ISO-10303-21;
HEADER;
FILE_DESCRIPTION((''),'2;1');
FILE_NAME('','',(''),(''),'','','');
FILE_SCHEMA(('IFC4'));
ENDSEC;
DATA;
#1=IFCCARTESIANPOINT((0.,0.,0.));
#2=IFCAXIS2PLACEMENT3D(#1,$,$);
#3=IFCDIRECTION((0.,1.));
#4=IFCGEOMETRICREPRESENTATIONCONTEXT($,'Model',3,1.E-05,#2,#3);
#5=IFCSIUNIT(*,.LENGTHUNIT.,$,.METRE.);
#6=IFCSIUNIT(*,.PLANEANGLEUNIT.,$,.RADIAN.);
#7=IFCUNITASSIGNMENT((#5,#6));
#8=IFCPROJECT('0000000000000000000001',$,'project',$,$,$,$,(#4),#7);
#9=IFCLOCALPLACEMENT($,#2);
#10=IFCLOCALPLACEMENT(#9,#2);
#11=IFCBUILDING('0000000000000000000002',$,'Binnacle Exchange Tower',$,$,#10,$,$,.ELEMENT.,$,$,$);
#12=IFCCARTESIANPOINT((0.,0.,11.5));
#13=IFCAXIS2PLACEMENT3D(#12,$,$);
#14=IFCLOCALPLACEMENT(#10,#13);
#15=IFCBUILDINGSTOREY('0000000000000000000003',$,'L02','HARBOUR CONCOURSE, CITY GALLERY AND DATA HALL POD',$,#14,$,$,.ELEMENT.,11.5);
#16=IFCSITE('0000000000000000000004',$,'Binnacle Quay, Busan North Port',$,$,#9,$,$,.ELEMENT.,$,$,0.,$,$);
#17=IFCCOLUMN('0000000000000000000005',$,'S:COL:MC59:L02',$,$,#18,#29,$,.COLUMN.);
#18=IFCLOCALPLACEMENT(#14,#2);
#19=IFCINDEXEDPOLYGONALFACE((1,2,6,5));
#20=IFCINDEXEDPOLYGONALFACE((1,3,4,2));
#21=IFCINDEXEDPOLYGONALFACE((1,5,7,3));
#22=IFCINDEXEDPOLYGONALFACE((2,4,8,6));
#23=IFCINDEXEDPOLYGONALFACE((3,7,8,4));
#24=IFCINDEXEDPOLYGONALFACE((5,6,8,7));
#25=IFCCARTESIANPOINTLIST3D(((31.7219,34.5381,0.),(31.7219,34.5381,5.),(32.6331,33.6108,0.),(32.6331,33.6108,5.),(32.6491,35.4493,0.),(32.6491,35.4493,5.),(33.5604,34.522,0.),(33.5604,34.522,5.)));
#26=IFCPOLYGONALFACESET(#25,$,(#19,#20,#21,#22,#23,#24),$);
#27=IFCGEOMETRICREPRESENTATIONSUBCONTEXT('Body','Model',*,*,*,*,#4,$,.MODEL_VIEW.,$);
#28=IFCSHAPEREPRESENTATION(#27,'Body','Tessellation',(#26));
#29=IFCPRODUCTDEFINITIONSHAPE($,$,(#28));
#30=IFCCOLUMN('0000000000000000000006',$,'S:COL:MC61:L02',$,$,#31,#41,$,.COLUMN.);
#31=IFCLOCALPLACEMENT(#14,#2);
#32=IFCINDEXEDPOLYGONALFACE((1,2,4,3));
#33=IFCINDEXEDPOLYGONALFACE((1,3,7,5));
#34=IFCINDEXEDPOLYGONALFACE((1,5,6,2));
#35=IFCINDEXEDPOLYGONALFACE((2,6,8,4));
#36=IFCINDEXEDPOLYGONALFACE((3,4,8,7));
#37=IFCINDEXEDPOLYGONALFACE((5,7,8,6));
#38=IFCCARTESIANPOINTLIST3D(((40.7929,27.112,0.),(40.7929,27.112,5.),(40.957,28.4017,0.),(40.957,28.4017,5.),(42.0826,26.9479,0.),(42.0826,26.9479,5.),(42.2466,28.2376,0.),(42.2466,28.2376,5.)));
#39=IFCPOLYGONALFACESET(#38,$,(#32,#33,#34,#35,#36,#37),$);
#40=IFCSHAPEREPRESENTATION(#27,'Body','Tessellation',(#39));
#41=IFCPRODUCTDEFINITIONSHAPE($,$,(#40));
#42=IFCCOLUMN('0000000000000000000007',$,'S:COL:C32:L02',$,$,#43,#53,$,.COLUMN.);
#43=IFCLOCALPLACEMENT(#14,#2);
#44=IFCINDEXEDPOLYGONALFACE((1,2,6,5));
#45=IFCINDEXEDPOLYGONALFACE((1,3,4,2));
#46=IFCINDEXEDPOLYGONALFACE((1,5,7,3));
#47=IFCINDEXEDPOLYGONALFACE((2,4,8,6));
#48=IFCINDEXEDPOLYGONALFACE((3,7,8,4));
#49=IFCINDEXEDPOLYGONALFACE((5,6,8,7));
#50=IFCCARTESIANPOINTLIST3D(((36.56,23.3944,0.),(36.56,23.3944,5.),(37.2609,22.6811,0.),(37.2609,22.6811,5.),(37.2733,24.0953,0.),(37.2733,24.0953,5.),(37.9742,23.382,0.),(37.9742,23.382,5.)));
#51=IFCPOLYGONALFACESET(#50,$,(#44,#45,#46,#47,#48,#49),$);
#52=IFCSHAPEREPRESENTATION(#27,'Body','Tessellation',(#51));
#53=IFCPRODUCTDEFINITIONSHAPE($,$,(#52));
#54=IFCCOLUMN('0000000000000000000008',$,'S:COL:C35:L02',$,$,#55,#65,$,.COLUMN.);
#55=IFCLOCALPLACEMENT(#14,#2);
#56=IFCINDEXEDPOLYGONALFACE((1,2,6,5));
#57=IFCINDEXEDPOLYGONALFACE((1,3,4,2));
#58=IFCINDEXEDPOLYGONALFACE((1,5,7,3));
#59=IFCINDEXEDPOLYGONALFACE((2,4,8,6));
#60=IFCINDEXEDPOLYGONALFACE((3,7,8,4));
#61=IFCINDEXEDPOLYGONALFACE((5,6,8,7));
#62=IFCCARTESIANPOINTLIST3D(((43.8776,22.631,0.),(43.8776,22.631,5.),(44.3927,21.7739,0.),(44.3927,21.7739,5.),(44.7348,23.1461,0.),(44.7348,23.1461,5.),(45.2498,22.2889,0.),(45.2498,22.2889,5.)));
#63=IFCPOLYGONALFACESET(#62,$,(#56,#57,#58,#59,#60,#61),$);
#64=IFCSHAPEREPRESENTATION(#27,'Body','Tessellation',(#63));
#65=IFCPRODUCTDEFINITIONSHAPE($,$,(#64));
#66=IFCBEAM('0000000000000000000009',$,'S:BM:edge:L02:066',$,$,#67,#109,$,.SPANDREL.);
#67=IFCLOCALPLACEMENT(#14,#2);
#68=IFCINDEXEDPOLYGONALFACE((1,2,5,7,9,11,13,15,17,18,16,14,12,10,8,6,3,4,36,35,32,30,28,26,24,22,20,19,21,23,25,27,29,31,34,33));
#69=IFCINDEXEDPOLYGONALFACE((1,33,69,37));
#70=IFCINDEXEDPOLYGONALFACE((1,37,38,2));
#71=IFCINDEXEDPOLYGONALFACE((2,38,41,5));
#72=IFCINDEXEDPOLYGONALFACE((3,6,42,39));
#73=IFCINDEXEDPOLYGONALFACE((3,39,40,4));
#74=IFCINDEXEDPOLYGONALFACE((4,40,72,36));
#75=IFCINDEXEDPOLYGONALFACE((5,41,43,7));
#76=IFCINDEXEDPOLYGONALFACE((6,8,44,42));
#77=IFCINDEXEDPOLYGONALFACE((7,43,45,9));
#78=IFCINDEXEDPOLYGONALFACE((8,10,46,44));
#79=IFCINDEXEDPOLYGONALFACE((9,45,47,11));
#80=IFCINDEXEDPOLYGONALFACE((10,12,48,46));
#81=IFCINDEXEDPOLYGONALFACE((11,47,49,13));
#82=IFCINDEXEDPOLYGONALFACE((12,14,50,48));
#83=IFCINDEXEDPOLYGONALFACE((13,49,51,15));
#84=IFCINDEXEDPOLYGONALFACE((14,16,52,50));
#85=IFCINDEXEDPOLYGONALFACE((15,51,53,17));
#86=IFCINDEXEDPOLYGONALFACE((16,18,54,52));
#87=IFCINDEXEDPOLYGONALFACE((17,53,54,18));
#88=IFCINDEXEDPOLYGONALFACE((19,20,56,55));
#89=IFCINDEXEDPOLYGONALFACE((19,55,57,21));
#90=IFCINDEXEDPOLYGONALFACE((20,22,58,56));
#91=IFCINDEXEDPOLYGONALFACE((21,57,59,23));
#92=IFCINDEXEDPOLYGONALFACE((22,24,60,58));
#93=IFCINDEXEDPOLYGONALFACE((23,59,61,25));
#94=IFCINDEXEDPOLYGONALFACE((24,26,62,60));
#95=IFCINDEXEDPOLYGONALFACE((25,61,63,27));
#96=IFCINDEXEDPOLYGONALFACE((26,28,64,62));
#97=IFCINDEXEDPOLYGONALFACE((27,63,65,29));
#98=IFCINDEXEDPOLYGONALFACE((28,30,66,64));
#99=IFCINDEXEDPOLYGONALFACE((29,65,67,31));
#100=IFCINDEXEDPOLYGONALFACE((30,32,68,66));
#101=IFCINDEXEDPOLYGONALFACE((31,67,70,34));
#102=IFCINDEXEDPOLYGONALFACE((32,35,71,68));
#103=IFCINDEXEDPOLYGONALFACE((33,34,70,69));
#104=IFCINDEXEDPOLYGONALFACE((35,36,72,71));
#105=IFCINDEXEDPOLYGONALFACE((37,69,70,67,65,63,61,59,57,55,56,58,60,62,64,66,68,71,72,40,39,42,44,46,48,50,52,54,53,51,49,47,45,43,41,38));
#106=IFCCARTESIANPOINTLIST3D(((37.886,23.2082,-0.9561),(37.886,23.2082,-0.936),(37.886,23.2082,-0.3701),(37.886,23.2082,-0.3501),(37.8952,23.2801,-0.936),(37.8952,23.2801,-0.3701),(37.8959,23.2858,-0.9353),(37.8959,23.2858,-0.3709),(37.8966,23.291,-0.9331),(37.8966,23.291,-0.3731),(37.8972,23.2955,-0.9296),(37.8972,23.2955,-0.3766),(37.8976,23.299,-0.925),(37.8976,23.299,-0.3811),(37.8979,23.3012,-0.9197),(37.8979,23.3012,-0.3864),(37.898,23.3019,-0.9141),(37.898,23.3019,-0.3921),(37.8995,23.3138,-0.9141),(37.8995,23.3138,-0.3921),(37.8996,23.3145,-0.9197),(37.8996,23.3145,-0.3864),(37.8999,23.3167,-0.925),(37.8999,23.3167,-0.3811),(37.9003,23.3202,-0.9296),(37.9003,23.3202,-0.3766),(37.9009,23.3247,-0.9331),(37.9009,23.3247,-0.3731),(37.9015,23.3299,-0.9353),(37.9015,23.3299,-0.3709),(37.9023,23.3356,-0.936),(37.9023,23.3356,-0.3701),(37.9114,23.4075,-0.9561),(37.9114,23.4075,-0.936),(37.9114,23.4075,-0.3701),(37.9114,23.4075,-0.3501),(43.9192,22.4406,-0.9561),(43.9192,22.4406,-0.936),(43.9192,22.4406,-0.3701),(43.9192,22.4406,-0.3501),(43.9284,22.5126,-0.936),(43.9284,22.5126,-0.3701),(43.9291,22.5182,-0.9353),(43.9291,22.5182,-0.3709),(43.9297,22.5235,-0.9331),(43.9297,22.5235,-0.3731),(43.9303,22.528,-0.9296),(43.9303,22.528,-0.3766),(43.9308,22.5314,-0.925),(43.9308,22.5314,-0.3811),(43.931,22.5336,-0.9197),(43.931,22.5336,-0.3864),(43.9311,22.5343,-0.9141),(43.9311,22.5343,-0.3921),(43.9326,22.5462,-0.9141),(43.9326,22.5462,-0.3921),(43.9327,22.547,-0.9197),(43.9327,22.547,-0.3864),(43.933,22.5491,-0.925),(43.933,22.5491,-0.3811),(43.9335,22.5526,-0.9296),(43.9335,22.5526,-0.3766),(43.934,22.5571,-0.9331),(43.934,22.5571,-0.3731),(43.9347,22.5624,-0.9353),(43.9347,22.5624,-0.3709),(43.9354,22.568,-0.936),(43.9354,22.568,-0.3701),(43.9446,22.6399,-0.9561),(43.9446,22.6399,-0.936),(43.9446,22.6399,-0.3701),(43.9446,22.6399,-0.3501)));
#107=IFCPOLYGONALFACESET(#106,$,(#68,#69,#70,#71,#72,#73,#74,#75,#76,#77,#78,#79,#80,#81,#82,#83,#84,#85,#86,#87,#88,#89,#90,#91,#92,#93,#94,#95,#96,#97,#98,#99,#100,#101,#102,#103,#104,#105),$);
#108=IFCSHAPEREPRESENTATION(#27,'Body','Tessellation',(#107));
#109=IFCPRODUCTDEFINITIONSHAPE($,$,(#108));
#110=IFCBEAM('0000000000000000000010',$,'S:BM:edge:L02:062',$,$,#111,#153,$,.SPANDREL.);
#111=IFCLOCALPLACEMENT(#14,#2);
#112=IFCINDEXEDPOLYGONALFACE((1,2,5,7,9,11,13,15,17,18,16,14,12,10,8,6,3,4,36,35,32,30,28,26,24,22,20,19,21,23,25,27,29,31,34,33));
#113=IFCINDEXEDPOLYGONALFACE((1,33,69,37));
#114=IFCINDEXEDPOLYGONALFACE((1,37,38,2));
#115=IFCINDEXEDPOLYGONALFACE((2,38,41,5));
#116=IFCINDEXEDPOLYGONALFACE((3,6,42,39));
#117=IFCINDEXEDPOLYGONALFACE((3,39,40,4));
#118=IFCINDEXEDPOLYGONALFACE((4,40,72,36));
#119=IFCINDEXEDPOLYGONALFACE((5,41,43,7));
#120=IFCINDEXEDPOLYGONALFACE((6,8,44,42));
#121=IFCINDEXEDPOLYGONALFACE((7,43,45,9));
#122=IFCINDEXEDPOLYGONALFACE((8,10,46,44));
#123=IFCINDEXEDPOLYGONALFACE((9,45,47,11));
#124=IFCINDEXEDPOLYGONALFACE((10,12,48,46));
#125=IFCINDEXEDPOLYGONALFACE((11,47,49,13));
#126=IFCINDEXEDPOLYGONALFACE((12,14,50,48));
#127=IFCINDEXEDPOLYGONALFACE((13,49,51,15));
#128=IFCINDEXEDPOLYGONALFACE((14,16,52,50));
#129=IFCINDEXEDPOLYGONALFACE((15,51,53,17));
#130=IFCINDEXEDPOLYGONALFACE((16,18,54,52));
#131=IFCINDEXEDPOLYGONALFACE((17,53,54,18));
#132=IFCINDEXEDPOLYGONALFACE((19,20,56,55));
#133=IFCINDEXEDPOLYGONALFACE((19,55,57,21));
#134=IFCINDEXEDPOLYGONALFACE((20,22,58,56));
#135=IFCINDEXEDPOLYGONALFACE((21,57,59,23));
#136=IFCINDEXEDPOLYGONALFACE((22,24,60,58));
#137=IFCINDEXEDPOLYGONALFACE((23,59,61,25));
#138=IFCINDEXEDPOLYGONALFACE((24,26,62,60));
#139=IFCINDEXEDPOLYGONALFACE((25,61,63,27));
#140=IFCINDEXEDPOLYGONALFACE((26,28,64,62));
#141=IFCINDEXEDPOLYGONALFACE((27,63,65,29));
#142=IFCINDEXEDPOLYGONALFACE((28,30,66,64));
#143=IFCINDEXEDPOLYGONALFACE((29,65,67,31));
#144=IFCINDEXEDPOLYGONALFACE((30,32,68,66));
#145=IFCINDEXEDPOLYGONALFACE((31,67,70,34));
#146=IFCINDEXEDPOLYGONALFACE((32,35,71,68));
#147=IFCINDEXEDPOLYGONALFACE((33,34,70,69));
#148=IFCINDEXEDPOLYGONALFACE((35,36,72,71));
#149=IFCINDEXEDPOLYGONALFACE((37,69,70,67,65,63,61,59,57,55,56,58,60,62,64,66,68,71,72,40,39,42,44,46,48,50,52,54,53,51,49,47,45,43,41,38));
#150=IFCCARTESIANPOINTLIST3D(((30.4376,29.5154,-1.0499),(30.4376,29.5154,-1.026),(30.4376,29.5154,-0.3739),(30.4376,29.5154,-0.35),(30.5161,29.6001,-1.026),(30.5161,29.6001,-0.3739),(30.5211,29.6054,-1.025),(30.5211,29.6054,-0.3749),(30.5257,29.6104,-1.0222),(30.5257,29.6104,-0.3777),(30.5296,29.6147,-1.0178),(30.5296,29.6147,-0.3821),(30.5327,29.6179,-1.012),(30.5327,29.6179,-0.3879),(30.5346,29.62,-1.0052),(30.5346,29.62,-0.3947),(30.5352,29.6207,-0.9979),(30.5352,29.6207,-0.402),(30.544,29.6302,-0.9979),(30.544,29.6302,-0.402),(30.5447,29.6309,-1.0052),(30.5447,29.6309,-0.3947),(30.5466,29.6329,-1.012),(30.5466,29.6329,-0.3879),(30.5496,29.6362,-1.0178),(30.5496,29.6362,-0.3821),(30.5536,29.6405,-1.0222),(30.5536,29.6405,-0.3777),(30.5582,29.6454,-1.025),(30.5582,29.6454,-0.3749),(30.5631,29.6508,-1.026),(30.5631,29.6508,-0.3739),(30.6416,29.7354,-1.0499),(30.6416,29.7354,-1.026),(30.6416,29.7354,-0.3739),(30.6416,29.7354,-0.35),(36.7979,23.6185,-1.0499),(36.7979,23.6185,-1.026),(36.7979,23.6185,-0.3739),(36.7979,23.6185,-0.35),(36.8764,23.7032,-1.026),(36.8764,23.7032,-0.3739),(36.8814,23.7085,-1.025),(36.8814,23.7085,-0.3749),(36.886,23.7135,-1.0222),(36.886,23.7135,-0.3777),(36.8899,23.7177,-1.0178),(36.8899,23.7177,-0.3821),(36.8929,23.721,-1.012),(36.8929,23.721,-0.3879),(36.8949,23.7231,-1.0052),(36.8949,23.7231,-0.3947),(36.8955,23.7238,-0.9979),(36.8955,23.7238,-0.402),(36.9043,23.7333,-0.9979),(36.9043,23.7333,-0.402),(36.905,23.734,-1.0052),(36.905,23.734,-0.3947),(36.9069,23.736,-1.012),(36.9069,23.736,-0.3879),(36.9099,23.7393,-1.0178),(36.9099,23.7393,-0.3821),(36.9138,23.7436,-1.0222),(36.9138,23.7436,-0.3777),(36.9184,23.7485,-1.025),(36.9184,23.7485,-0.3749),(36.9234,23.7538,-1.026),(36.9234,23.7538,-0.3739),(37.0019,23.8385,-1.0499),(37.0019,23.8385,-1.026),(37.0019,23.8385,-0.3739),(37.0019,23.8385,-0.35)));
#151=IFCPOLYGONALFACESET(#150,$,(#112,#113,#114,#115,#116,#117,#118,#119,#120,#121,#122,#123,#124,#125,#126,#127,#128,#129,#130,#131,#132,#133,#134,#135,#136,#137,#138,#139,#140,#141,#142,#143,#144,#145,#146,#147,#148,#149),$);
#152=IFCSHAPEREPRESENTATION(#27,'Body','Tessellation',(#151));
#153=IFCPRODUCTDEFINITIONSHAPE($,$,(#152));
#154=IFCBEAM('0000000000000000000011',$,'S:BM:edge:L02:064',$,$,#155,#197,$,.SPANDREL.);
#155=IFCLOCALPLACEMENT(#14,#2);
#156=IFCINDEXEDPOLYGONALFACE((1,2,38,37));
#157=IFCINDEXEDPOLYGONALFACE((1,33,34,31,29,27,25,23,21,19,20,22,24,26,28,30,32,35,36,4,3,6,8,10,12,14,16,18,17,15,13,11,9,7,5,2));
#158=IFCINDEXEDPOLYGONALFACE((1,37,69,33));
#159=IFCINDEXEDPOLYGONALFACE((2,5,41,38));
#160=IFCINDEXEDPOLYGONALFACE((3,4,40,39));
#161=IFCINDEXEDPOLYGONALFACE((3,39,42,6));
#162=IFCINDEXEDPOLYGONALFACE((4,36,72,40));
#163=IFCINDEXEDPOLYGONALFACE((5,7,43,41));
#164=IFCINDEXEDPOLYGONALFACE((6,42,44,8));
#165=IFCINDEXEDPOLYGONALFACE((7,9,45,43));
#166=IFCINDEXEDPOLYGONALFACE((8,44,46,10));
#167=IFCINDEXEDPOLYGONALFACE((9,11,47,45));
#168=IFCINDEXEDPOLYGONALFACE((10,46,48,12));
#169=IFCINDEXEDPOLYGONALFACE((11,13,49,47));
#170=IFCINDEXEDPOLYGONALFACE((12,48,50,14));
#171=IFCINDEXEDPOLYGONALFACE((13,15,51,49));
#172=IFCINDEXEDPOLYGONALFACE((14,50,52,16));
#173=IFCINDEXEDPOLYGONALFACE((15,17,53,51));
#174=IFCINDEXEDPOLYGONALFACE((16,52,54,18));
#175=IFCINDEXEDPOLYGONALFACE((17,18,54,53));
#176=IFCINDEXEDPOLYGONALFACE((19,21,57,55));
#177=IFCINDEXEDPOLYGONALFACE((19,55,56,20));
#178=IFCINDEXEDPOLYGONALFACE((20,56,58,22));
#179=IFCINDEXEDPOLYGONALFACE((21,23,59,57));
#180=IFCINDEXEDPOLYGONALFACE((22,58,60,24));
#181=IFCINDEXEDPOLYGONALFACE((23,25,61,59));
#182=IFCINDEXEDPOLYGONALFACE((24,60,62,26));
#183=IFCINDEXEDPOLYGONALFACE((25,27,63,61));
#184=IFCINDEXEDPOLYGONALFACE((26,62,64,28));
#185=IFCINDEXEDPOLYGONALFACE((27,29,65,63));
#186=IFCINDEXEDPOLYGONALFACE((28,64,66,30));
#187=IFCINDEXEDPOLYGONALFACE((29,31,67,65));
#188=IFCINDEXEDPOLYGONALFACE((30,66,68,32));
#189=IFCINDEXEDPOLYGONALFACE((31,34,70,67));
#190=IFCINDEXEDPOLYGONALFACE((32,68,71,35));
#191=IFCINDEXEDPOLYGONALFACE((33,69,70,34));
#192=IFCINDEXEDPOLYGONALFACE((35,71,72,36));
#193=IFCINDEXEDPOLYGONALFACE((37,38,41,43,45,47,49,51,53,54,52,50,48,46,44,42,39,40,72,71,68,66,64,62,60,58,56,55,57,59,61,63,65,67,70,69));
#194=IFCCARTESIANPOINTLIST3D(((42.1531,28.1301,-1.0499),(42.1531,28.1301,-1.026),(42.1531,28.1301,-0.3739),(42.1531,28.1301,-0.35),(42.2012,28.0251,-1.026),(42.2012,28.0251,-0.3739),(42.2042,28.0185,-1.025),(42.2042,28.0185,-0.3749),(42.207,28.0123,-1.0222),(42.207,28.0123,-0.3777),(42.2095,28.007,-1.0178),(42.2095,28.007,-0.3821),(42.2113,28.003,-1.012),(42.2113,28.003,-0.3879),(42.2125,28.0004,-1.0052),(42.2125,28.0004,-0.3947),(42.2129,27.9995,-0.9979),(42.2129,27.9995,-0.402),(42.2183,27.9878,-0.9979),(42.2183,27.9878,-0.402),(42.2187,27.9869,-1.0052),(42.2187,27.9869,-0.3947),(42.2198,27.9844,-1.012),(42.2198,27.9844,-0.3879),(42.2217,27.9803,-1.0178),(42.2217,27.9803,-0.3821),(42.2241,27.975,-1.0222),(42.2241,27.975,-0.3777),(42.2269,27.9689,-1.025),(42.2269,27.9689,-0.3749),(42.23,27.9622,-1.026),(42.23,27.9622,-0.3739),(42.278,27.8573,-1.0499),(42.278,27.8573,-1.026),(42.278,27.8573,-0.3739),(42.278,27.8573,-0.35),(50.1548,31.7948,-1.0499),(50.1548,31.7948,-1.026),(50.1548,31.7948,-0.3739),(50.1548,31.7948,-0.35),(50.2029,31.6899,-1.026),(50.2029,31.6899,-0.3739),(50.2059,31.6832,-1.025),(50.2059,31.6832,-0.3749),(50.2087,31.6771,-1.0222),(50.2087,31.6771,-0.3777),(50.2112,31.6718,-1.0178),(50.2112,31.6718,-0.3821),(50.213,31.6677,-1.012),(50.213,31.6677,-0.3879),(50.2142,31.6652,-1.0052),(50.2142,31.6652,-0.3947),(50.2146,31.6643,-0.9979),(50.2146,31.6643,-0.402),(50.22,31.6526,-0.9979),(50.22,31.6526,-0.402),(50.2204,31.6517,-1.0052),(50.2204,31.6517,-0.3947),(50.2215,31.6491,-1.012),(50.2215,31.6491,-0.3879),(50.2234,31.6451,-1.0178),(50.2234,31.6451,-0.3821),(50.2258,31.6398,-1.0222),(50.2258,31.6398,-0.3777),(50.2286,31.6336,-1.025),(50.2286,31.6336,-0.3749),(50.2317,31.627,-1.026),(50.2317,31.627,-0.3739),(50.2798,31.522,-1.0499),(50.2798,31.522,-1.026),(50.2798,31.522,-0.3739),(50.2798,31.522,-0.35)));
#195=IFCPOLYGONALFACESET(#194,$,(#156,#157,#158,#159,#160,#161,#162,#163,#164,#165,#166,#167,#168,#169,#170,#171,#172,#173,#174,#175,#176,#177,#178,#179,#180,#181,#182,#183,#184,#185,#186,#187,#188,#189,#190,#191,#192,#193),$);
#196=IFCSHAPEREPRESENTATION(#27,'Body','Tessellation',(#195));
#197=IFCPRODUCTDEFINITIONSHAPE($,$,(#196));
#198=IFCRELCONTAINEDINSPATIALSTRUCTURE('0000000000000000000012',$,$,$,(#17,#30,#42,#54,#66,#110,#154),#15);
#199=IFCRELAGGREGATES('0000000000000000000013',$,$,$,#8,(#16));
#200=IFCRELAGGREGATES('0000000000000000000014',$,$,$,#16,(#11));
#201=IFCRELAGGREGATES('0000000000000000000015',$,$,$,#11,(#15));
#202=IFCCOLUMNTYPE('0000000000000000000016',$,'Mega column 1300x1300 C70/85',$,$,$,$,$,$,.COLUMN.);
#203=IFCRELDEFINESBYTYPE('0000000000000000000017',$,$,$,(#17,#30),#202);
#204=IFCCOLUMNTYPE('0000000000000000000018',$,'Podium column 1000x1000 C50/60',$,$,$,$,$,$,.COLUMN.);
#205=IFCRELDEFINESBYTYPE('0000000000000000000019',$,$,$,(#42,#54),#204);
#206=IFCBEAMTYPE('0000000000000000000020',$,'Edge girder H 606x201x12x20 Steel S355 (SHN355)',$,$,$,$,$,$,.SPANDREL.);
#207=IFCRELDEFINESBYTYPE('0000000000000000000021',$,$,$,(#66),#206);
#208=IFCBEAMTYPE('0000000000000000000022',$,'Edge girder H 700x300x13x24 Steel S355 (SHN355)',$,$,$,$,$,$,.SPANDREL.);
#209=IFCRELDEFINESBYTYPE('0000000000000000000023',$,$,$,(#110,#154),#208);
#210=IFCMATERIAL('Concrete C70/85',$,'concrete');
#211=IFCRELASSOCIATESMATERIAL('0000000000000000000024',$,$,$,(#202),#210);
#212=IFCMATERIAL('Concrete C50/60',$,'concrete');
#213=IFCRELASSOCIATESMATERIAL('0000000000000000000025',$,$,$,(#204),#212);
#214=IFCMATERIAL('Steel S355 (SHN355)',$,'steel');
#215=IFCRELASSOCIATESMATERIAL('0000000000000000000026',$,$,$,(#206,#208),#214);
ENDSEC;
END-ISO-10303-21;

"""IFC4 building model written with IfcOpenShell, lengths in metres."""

from ifc_helpers import new_model, si_unit, direction, frame, origin, origin_2d, place, context, subcontext, project, spatial, rectangle, i_section, extrude, material, material_profile, profile_set, type_object, element, save


model = new_model("IFC4")

# Units and contexts
model_context = context("Model", 3, precision=1e-05, world=origin(), true_north=direction((0.0, 1.0)))
body_context = subcontext(model_context, "Body", "Model", "MODEL_VIEW")
ifc_project = project(units=[si_unit("LENGTHUNIT", "METRE"), si_unit("PLANEANGLEUNIT", "RADIAN")], contexts=[model_context])

# Site, building, storey
site_placement = place(None, origin())
site = spatial("IfcSite", under=ifc_project, at=site_placement, Name="Binnacle Quay, Busan North Port", CompositionType="ELEMENT", RefElevation=0.0)
building_placement = place(site_placement, origin())
building = spatial("IfcBuilding", under=site, at=building_placement, Name="Binnacle Exchange Tower", CompositionType="ELEMENT")
storey_placement = place(building_placement, frame((0.0, 0.0, 11.5)))
storey = spatial("IfcBuildingStorey", under=building, at=storey_placement, Name="L02", Description="HARBOUR CONCOURSE, CITY GALLERY AND DATA HALL POD", CompositionType="ELEMENT", Elevation=11.5)

# Columns
ifc_material_1 = material(Name="Concrete C70/85", Category="concrete")
ifc_material_profile_1 = material_profile(ifc_material_1, rectangle(XDim=1.3, YDim=1.3, at=origin_2d()), Name="Mega column 1300x1300 C70/85")
ifc_profile_set_1 = profile_set([ifc_material_profile_1], Name="Concrete C70/85")
column_type_1 = type_object("IfcColumnType", Name="Mega column 1300x1300 C70/85", PredefinedType="COLUMN", material=ifc_profile_set_1)
for number, where, z_axis, x_axis, name in (
    (1, (32.6411, 34.53, 0.0), (0.0, 0.0, 1.0), (0.700909, -0.71325, 0.0), "S:COL:MC59:L02"),
    (2, (41.5198, 27.6748, 0.0), (0.0, 0.0, 1.0), (0.992005, -0.126199, 0.0), "S:COL:MC61:L02"),
):
    element("IfcColumn", number, at=place(storey_placement, frame(where, z_axis=z_axis, x_axis=x_axis)), inside=storey, type_object=column_type_1, Name=name, PredefinedType="COLUMN", context=body_context, shape_type="SweptSolid", body=[
        extrude(rectangle(XDim=1.3, YDim=1.3, at=origin_2d()), origin(), (0.0, 0.0, 1.0), 5.0),
    ])
ifc_material_2 = material(Name="Concrete C50/60", Category="concrete")
ifc_material_profile_2 = material_profile(ifc_material_2, rectangle(XDim=1.0, YDim=1.0, at=origin_2d()), Name="Podium column 1000x1000 C50/60")
ifc_profile_set_2 = profile_set([ifc_material_profile_2], Name="Concrete C50/60")
column_type_2 = type_object("IfcColumnType", Name="Podium column 1000x1000 C50/60", PredefinedType="COLUMN", material=ifc_profile_set_2)
for number, where, z_axis, x_axis, name in (
    (3, (37.2671, 23.3882, 0.0), (0.0, 0.0, 1.0), (0.700909, -0.71325, 0.0), "S:COL:C32:L02"),
    (4, (44.5637, 22.46, 0.0), (0.0, 0.0, 1.0), (0.857167, 0.515038, 0.0), "S:COL:C35:L02"),
):
    element("IfcColumn", number, at=place(storey_placement, frame(where, z_axis=z_axis, x_axis=x_axis)), inside=storey, type_object=column_type_2, Name=name, PredefinedType="COLUMN", context=body_context, shape_type="SweptSolid", body=[
        extrude(rectangle(XDim=1.0, YDim=1.0, at=origin_2d()), origin(), (0.0, 0.0, 1.0), 5.0),
    ])

# Beams
ifc_material_3 = material(Name="Steel S355 (SHN355)", Category="steel")
ifc_material_profile_3 = material_profile(ifc_material_3, i_section(OverallWidth=0.2009, OverallDepth=0.606, WebThickness=0.012, FlangeThickness=0.02, FilletRadius=0.022, at=origin_2d()), Name="H 606x201x12x20")
ifc_profile_set_3 = profile_set([ifc_material_profile_3], Name="Steel S355 (SHN355)")
beam_type_1 = type_object("IfcBeamType", Name="Edge girder H 606x201x12x20 Steel S355 (SHN355)", PredefinedType="SPANDREL", material=ifc_profile_set_3)
beam_1_placement = place(storey_placement, frame((43.9319, 22.5403, -0.6531), z_axis=(-0.992004, 0.126208, 0.0), x_axis=(-0.126208, -0.992004, 0.0)))
element("IfcBeam", 5, at=beam_1_placement, inside=storey, type_object=beam_type_1, Name="S:BM:edge:L02:066", PredefinedType="SPANDREL", context=body_context, shape_type="SweptSolid", body=[
    extrude(i_section(OverallWidth=0.2009, OverallDepth=0.606, WebThickness=0.012, FlangeThickness=0.02, FilletRadius=0.022, at=origin_2d()), origin(), (0.0, 0.0, 1.0), 6.0818),
])
ifc_material_profile_4 = material_profile(ifc_material_3, i_section(OverallWidth=0.3, OverallDepth=0.7, WebThickness=0.0129, FlangeThickness=0.0239, FilletRadius=0.0281, at=origin_2d()), Name="H 700x300x13x24")
ifc_profile_set_4 = profile_set([ifc_material_profile_4], Name="Steel S355 (SHN355)")
beam_type_2 = type_object("IfcBeamType", Name="Edge girder H 700x300x13x24 Steel S355 (SHN355)", PredefinedType="SPANDREL", material=ifc_profile_set_4)
beam_2_placement = place(storey_placement, frame((36.8999, 23.7285, -0.7), z_axis=(-0.733315, 0.679889, 0.0), x_axis=(-0.679889, -0.733315, 0.0)))
element("IfcBeam", 6, at=beam_2_placement, inside=storey, type_object=beam_type_2, Name="S:BM:edge:L02:062", PredefinedType="SPANDREL", context=body_context, shape_type="SweptSolid", body=[
    extrude(i_section(OverallWidth=0.3, OverallDepth=0.7, WebThickness=0.0129, FlangeThickness=0.0239, FilletRadius=0.0281, at=origin_2d()), origin(), (0.0, 0.0, 1.0), 8.6733),
])
beam_3_placement = place(storey_placement, frame((42.2156, 27.9937, -0.7), z_axis=(0.909179, 0.416405, 0.0), x_axis=(-0.416405, 0.909179, 0.0)))
element("IfcBeam", 7, at=beam_3_placement, inside=storey, type_object=beam_type_2, Name="S:BM:edge:L02:064", PredefinedType="SPANDREL", context=body_context, shape_type="SweptSolid", body=[
    extrude(i_section(OverallWidth=0.3, OverallDepth=0.7, WebThickness=0.0129, FlangeThickness=0.0239, FilletRadius=0.0281, at=origin_2d()), origin(), (0.0, 0.0, 1.0), 8.801),
])

save(model, "model.ifc")
